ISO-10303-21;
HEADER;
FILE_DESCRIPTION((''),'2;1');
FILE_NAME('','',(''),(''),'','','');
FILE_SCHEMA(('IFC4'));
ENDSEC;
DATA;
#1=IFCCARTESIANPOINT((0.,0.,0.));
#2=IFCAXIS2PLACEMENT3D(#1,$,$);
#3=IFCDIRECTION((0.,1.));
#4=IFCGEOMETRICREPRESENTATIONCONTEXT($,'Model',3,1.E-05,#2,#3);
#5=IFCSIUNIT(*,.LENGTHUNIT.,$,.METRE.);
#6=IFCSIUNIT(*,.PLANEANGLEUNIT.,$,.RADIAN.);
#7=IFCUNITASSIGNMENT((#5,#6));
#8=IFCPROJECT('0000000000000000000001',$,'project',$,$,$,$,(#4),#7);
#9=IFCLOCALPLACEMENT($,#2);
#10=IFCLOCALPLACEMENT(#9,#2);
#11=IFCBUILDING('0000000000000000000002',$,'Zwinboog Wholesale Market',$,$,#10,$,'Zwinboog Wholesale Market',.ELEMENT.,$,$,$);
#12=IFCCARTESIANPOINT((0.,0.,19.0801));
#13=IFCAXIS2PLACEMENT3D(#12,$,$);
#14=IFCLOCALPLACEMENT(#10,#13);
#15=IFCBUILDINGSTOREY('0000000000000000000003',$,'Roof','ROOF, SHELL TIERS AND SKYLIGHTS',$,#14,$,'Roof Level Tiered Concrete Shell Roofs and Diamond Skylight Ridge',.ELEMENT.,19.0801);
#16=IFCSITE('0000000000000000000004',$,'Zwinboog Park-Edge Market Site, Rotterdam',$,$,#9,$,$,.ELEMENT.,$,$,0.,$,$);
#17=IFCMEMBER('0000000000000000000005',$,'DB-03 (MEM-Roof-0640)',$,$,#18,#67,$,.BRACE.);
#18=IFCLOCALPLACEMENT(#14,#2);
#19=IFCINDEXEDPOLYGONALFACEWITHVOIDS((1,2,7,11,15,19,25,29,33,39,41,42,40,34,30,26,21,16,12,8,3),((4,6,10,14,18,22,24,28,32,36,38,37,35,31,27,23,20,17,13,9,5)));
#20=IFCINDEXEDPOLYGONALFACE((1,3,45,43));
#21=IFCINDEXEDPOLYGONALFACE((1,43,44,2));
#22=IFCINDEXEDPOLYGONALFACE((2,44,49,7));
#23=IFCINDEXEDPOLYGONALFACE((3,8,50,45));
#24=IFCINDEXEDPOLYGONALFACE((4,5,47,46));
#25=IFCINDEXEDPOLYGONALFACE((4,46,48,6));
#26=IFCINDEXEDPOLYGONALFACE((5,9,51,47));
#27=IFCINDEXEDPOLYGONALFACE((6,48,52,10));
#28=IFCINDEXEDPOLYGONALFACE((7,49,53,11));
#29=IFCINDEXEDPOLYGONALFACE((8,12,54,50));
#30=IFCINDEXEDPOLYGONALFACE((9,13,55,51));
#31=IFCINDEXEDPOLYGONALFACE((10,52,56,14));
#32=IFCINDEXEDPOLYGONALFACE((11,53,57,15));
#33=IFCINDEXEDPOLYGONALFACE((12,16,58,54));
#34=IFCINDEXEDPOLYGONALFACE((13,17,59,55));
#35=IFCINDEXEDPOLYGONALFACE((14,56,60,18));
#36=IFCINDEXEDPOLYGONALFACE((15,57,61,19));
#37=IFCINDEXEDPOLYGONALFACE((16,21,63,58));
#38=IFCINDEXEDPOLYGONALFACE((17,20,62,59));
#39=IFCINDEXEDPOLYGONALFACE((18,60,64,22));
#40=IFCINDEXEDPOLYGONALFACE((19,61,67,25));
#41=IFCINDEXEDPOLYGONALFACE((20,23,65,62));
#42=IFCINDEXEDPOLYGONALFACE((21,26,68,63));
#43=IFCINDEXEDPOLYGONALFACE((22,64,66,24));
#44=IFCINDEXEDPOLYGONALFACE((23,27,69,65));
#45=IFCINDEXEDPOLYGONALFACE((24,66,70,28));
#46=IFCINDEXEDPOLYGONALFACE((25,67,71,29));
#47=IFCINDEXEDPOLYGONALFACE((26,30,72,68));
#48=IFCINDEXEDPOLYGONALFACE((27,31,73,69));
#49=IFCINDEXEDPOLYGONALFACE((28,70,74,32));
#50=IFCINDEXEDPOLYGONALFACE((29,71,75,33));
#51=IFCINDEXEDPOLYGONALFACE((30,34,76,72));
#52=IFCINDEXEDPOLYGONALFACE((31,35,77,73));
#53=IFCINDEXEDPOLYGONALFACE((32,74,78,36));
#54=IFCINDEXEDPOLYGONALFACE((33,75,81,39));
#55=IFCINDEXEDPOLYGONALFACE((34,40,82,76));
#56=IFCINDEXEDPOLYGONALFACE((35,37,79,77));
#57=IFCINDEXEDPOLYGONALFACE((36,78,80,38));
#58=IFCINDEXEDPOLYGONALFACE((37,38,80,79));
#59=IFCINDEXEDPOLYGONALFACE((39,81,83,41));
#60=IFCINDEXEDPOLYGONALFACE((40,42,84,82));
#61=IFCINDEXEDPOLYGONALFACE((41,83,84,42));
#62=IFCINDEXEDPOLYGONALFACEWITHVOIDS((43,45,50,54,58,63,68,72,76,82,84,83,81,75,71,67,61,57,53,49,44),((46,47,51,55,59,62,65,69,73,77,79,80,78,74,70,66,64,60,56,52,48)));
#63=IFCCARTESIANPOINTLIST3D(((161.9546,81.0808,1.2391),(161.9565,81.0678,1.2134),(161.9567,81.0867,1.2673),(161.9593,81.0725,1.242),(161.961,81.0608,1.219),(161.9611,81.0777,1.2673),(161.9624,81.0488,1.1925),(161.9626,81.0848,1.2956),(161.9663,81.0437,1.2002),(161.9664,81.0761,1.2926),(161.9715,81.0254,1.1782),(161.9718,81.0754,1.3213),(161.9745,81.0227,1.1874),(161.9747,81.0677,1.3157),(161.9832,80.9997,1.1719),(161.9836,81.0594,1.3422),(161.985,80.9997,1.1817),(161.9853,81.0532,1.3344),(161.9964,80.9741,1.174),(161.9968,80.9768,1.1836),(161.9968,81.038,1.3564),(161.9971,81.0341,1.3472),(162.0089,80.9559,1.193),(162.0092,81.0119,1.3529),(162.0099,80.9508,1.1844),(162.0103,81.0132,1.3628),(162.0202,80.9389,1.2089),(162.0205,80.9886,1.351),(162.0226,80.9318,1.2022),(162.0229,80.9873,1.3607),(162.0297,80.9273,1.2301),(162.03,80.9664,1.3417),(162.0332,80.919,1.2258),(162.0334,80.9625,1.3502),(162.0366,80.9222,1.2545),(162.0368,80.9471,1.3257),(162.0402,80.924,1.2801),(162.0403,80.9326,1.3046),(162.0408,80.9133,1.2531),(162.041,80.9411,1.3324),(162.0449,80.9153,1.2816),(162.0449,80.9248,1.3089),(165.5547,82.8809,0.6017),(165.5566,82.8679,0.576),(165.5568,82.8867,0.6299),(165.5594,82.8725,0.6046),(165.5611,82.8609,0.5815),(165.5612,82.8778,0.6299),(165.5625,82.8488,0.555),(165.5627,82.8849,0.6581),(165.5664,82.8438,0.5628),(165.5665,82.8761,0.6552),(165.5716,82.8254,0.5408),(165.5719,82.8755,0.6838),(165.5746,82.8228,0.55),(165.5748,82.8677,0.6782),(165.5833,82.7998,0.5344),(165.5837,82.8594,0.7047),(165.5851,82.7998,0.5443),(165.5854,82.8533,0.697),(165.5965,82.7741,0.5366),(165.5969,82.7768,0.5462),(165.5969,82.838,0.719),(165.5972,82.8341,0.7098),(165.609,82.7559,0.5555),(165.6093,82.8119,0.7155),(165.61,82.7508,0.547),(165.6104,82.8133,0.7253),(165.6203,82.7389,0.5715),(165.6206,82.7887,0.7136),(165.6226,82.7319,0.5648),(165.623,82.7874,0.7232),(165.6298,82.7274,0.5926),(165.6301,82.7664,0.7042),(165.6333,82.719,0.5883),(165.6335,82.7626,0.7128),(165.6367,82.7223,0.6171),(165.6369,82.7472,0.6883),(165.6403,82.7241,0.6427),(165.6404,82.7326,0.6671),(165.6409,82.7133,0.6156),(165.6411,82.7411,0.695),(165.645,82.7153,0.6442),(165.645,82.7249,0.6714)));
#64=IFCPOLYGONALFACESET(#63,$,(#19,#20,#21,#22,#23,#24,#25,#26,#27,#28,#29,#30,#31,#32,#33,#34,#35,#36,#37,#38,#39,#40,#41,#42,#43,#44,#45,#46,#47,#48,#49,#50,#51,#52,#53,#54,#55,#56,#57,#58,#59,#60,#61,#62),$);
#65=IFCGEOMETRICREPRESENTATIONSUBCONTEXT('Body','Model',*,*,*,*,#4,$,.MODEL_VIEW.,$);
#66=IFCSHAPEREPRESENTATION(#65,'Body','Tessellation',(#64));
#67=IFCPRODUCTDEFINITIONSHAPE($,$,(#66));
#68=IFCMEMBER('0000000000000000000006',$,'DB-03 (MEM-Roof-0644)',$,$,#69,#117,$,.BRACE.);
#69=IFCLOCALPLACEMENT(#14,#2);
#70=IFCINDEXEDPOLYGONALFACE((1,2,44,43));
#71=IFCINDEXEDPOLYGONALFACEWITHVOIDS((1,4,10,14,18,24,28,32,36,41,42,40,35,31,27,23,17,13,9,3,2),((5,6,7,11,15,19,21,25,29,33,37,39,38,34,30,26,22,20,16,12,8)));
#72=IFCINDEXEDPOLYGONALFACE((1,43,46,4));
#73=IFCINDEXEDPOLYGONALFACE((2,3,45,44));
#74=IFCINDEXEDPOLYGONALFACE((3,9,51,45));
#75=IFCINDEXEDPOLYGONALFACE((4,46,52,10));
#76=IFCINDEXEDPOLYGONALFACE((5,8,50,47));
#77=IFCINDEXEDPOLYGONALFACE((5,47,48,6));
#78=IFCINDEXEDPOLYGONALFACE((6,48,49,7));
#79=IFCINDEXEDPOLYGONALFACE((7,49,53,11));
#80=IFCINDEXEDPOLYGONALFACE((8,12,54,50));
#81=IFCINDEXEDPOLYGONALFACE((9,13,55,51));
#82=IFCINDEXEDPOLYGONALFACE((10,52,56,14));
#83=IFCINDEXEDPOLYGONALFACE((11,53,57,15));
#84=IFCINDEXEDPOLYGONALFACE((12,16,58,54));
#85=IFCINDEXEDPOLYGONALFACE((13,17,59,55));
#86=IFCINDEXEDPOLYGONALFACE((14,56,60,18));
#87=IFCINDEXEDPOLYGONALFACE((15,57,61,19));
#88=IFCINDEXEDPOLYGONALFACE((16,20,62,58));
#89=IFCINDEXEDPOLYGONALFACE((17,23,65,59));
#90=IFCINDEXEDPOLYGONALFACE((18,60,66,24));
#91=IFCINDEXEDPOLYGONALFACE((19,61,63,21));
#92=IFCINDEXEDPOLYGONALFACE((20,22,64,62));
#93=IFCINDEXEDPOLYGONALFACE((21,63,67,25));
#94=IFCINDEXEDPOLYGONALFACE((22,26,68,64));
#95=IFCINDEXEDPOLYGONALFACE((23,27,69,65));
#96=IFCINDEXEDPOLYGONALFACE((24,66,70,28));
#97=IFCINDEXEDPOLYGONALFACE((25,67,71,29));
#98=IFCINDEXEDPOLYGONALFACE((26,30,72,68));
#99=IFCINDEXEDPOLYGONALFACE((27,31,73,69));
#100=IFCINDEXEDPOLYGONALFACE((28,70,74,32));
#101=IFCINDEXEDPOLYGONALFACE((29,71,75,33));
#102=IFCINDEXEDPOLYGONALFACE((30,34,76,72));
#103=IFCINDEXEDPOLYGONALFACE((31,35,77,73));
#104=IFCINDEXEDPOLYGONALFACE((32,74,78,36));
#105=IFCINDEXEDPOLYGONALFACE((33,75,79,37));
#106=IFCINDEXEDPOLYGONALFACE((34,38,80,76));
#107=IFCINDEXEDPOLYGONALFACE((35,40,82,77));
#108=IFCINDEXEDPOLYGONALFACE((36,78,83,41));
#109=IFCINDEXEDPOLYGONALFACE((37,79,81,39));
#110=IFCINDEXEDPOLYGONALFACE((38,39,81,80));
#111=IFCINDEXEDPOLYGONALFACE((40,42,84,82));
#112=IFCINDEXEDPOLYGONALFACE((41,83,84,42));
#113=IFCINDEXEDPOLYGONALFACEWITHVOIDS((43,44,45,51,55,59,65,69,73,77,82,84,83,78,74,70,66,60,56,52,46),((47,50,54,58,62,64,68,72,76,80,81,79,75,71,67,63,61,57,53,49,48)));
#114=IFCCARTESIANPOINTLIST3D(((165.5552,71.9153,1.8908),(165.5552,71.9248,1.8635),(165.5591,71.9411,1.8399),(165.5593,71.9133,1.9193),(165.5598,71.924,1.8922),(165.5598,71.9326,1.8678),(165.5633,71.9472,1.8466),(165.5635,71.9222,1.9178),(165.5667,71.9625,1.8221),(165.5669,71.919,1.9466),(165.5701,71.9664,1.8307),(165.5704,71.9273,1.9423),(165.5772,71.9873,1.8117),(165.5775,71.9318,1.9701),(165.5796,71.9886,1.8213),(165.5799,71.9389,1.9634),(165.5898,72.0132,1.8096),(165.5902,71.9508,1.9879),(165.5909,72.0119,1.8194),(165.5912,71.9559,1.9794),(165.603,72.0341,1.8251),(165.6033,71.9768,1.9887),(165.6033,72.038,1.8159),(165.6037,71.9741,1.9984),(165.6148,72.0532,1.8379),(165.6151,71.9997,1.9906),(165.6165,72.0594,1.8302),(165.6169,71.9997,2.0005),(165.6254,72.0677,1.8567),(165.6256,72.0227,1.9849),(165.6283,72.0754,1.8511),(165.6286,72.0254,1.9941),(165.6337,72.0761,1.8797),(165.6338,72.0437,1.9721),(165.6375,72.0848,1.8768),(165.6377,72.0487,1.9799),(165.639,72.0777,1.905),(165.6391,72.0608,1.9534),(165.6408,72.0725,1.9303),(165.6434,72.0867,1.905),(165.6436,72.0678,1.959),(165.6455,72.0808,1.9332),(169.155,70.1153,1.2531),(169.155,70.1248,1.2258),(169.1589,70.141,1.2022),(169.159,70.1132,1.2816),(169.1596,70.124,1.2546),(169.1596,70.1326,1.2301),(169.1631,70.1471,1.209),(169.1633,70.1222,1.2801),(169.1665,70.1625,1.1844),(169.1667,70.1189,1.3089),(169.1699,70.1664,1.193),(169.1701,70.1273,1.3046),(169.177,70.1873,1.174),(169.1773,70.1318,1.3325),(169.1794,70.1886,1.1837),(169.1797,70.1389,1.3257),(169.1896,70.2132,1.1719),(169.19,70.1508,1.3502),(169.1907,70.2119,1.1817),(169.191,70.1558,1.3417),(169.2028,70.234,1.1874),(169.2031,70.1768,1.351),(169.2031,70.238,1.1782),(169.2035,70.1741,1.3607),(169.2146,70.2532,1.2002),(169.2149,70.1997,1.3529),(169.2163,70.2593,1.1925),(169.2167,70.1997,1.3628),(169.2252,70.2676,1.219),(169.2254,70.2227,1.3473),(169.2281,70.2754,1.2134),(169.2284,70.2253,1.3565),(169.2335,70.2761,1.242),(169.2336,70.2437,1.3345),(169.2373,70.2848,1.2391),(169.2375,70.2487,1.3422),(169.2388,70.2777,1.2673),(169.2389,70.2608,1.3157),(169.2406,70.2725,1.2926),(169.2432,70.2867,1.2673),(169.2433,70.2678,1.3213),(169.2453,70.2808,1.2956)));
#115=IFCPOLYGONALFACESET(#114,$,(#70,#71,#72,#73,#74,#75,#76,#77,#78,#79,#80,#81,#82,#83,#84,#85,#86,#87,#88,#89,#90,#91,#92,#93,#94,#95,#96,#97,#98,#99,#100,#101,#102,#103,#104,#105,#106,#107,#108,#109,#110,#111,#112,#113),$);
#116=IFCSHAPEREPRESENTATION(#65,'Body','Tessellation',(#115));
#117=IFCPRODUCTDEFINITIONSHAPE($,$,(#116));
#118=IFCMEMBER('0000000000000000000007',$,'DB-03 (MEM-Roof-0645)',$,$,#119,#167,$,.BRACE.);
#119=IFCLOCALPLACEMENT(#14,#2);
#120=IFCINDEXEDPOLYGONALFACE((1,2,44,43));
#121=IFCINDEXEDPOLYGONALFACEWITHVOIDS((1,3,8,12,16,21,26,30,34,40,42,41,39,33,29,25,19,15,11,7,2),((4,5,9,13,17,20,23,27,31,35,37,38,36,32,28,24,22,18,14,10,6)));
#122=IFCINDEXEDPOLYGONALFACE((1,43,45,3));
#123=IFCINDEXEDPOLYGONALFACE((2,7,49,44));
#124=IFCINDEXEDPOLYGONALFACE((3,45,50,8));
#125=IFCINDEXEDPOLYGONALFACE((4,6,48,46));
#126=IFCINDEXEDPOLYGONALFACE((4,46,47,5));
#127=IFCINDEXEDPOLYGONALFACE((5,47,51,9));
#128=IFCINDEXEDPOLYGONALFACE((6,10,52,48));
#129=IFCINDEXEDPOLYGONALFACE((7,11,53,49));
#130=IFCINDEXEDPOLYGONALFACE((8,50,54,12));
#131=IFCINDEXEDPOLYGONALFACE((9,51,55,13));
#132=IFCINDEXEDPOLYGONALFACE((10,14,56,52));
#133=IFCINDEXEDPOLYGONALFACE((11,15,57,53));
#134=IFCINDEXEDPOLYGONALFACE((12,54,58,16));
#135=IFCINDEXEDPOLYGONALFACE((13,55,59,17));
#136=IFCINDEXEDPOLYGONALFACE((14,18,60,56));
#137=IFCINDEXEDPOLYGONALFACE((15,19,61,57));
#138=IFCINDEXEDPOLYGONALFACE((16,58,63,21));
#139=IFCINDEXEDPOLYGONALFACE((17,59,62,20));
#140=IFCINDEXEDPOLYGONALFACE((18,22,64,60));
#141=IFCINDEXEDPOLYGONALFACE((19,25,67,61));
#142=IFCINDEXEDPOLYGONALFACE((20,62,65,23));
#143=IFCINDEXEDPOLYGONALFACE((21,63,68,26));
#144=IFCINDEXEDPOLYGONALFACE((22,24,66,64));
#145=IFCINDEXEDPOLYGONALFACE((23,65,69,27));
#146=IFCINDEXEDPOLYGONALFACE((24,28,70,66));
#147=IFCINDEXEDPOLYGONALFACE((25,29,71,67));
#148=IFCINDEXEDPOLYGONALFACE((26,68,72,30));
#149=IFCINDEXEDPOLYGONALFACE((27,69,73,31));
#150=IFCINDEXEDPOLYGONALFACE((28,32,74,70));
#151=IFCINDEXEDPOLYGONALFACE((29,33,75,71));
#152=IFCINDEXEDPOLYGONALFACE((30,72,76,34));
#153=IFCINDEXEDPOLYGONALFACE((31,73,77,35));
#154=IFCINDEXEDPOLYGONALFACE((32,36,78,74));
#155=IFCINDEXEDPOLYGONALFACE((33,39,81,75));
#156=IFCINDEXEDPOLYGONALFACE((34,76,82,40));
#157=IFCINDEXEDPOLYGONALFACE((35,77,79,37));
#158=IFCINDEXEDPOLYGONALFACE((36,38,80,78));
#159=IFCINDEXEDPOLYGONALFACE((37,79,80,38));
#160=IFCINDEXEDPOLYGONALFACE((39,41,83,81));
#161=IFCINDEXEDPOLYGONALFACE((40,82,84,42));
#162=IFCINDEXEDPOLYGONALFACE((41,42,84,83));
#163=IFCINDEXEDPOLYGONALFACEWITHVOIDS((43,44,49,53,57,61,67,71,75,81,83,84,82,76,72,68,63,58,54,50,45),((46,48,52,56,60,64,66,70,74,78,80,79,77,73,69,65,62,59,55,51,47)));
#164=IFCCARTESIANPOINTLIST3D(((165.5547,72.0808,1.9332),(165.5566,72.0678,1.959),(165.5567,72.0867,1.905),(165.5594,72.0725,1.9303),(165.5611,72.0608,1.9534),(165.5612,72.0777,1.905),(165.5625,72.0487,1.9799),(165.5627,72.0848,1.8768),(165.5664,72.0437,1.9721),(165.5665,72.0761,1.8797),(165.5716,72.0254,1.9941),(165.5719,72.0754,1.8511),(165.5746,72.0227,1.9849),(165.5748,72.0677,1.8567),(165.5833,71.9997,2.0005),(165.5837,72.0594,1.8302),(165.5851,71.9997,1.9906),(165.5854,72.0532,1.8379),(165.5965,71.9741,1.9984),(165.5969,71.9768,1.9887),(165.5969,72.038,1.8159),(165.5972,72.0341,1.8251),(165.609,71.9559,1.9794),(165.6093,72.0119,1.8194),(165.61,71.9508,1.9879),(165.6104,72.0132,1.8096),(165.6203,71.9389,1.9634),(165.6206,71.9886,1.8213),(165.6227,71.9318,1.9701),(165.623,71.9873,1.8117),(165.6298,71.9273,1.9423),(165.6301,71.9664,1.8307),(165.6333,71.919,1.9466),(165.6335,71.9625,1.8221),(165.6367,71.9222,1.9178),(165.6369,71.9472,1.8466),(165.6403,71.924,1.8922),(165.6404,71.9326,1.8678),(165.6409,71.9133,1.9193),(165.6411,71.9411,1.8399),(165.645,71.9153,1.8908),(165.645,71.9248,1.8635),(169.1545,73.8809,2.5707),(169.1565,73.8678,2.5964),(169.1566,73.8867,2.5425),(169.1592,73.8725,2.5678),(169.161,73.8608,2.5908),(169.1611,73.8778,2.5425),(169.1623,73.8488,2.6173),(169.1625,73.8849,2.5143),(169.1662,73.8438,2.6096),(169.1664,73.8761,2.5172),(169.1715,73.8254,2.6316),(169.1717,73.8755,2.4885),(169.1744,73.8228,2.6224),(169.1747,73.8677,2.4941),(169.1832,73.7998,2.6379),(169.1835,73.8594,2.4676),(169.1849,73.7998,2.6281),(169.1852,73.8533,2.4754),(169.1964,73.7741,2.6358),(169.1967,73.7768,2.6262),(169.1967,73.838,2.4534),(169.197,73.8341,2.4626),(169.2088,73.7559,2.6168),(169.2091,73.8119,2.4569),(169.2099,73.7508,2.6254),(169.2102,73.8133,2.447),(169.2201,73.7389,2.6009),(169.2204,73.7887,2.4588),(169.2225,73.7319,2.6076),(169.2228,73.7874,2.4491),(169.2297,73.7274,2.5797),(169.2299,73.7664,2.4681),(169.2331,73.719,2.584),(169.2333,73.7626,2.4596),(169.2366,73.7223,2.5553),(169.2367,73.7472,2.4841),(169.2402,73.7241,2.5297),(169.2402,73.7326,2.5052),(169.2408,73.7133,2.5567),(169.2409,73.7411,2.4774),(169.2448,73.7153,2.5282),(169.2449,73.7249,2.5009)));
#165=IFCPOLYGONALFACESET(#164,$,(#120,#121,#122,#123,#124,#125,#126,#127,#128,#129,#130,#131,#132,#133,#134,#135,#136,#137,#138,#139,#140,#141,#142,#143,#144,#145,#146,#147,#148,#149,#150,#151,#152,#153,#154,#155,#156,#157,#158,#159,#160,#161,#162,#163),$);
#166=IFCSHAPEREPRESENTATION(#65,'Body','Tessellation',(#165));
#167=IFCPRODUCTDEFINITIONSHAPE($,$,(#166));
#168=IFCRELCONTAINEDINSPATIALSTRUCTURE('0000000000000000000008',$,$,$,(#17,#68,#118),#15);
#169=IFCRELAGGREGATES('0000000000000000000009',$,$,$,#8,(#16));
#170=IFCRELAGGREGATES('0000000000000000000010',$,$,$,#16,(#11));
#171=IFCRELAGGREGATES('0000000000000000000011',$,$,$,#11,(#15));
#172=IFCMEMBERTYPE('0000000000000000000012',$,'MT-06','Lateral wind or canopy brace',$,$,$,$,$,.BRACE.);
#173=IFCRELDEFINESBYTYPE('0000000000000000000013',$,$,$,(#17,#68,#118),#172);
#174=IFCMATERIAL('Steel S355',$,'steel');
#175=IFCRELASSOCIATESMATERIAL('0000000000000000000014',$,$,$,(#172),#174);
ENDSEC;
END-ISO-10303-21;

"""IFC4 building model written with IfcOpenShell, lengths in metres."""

from ifc_helpers import new_model, si_unit, direction, frame, origin, origin_2d, place, context, subcontext, project, spatial, hollow_circle, extrude, material, material_profile, profile_set, type_object, element, save


model = new_model("IFC4")

# Units and contexts
model_context = context("Model", 3, precision=1e-05, world=origin(), true_north=direction((0.0, 1.0)))
body_context = subcontext(model_context, "Body", "Model", "MODEL_VIEW")
ifc_project = project(units=[si_unit("LENGTHUNIT", "METRE"), si_unit("PLANEANGLEUNIT", "RADIAN")], contexts=[model_context])

# Site, building, storey
site_placement = place(None, origin())
site = spatial("IfcSite", under=ifc_project, at=site_placement, Name="Zwinboog Park-Edge Market Site, Rotterdam", CompositionType="ELEMENT", RefElevation=0.0)
building_placement = place(site_placement, origin())
building = spatial("IfcBuilding", under=site, at=building_placement, Name="Zwinboog Wholesale Market", LongName="Zwinboog Wholesale Market", CompositionType="ELEMENT")
storey_placement = place(building_placement, frame((0.0, 0.0, 19.0801)))
storey = spatial("IfcBuildingStorey", under=building, at=storey_placement, Name="Roof", Description="ROOF, SHELL TIERS AND SKYLIGHTS", LongName="Roof Level Tiered Concrete Shell Roofs and Diamond Skylight Ridge", CompositionType="ELEMENT", Elevation=19.0801)

# Members
ifc_material_1 = material(Name="Steel S355", Category="steel")
ifc_material_profile_1 = material_profile(ifc_material_1, hollow_circle(Radius=0.0969, WallThickness=0.01, at=origin_2d()), Name="CHS 193.7x10")
ifc_profile_set_1 = profile_set([ifc_material_profile_1], Name="Steel S355")
member_type_1 = type_object("IfcMemberType", Name="MT-06", Description="Lateral wind or canopy brace", PredefinedType="BRACE", material=ifc_profile_set_1)
for number, where, z_axis, x_axis, name in (
    (1, (162.0, 81.0, 1.2673), (0.883417, 0.441709, -0.156422), (-0.447214, 0.894427, 0.0), "DB-03 (MEM-Roof-0640)"),
):
    element("IfcMember", number, at=place(storey_placement, frame(where, z_axis=z_axis, x_axis=x_axis)), inside=storey, type_object=member_type_1, Name=name, PredefinedType="BRACE", context=body_context, shape_type="SweptSolid", body=[
        extrude(hollow_circle(Radius=0.0969, WallThickness=0.01, at=origin_2d()), origin(), (0.0, 0.0, 1.0), 4.0752),
    ])
for number, where, z_axis, x_axis, name in (
    (2, (165.6001, 72.0, 1.905), (0.883396, -0.441728, -0.156489), (0.447238, 0.894415, 0.0), "DB-03 (MEM-Roof-0644)"),
    (3, (165.6001, 72.0, 1.905), (0.883404, 0.441732, 0.15643), (-0.447238, 0.894415, 0.0), "DB-03 (MEM-Roof-0645)"),
):
    element("IfcMember", number, at=place(storey_placement, frame(where, z_axis=z_axis, x_axis=x_axis)), inside=storey, type_object=member_type_1, Name=name, PredefinedType="BRACE", context=body_context, shape_type="SweptSolid", body=[
        extrude(hollow_circle(Radius=0.0969, WallThickness=0.01, at=origin_2d()), origin(), (0.0, 0.0, 1.0), 4.075),
    ])

save(model, "model.ifc")
